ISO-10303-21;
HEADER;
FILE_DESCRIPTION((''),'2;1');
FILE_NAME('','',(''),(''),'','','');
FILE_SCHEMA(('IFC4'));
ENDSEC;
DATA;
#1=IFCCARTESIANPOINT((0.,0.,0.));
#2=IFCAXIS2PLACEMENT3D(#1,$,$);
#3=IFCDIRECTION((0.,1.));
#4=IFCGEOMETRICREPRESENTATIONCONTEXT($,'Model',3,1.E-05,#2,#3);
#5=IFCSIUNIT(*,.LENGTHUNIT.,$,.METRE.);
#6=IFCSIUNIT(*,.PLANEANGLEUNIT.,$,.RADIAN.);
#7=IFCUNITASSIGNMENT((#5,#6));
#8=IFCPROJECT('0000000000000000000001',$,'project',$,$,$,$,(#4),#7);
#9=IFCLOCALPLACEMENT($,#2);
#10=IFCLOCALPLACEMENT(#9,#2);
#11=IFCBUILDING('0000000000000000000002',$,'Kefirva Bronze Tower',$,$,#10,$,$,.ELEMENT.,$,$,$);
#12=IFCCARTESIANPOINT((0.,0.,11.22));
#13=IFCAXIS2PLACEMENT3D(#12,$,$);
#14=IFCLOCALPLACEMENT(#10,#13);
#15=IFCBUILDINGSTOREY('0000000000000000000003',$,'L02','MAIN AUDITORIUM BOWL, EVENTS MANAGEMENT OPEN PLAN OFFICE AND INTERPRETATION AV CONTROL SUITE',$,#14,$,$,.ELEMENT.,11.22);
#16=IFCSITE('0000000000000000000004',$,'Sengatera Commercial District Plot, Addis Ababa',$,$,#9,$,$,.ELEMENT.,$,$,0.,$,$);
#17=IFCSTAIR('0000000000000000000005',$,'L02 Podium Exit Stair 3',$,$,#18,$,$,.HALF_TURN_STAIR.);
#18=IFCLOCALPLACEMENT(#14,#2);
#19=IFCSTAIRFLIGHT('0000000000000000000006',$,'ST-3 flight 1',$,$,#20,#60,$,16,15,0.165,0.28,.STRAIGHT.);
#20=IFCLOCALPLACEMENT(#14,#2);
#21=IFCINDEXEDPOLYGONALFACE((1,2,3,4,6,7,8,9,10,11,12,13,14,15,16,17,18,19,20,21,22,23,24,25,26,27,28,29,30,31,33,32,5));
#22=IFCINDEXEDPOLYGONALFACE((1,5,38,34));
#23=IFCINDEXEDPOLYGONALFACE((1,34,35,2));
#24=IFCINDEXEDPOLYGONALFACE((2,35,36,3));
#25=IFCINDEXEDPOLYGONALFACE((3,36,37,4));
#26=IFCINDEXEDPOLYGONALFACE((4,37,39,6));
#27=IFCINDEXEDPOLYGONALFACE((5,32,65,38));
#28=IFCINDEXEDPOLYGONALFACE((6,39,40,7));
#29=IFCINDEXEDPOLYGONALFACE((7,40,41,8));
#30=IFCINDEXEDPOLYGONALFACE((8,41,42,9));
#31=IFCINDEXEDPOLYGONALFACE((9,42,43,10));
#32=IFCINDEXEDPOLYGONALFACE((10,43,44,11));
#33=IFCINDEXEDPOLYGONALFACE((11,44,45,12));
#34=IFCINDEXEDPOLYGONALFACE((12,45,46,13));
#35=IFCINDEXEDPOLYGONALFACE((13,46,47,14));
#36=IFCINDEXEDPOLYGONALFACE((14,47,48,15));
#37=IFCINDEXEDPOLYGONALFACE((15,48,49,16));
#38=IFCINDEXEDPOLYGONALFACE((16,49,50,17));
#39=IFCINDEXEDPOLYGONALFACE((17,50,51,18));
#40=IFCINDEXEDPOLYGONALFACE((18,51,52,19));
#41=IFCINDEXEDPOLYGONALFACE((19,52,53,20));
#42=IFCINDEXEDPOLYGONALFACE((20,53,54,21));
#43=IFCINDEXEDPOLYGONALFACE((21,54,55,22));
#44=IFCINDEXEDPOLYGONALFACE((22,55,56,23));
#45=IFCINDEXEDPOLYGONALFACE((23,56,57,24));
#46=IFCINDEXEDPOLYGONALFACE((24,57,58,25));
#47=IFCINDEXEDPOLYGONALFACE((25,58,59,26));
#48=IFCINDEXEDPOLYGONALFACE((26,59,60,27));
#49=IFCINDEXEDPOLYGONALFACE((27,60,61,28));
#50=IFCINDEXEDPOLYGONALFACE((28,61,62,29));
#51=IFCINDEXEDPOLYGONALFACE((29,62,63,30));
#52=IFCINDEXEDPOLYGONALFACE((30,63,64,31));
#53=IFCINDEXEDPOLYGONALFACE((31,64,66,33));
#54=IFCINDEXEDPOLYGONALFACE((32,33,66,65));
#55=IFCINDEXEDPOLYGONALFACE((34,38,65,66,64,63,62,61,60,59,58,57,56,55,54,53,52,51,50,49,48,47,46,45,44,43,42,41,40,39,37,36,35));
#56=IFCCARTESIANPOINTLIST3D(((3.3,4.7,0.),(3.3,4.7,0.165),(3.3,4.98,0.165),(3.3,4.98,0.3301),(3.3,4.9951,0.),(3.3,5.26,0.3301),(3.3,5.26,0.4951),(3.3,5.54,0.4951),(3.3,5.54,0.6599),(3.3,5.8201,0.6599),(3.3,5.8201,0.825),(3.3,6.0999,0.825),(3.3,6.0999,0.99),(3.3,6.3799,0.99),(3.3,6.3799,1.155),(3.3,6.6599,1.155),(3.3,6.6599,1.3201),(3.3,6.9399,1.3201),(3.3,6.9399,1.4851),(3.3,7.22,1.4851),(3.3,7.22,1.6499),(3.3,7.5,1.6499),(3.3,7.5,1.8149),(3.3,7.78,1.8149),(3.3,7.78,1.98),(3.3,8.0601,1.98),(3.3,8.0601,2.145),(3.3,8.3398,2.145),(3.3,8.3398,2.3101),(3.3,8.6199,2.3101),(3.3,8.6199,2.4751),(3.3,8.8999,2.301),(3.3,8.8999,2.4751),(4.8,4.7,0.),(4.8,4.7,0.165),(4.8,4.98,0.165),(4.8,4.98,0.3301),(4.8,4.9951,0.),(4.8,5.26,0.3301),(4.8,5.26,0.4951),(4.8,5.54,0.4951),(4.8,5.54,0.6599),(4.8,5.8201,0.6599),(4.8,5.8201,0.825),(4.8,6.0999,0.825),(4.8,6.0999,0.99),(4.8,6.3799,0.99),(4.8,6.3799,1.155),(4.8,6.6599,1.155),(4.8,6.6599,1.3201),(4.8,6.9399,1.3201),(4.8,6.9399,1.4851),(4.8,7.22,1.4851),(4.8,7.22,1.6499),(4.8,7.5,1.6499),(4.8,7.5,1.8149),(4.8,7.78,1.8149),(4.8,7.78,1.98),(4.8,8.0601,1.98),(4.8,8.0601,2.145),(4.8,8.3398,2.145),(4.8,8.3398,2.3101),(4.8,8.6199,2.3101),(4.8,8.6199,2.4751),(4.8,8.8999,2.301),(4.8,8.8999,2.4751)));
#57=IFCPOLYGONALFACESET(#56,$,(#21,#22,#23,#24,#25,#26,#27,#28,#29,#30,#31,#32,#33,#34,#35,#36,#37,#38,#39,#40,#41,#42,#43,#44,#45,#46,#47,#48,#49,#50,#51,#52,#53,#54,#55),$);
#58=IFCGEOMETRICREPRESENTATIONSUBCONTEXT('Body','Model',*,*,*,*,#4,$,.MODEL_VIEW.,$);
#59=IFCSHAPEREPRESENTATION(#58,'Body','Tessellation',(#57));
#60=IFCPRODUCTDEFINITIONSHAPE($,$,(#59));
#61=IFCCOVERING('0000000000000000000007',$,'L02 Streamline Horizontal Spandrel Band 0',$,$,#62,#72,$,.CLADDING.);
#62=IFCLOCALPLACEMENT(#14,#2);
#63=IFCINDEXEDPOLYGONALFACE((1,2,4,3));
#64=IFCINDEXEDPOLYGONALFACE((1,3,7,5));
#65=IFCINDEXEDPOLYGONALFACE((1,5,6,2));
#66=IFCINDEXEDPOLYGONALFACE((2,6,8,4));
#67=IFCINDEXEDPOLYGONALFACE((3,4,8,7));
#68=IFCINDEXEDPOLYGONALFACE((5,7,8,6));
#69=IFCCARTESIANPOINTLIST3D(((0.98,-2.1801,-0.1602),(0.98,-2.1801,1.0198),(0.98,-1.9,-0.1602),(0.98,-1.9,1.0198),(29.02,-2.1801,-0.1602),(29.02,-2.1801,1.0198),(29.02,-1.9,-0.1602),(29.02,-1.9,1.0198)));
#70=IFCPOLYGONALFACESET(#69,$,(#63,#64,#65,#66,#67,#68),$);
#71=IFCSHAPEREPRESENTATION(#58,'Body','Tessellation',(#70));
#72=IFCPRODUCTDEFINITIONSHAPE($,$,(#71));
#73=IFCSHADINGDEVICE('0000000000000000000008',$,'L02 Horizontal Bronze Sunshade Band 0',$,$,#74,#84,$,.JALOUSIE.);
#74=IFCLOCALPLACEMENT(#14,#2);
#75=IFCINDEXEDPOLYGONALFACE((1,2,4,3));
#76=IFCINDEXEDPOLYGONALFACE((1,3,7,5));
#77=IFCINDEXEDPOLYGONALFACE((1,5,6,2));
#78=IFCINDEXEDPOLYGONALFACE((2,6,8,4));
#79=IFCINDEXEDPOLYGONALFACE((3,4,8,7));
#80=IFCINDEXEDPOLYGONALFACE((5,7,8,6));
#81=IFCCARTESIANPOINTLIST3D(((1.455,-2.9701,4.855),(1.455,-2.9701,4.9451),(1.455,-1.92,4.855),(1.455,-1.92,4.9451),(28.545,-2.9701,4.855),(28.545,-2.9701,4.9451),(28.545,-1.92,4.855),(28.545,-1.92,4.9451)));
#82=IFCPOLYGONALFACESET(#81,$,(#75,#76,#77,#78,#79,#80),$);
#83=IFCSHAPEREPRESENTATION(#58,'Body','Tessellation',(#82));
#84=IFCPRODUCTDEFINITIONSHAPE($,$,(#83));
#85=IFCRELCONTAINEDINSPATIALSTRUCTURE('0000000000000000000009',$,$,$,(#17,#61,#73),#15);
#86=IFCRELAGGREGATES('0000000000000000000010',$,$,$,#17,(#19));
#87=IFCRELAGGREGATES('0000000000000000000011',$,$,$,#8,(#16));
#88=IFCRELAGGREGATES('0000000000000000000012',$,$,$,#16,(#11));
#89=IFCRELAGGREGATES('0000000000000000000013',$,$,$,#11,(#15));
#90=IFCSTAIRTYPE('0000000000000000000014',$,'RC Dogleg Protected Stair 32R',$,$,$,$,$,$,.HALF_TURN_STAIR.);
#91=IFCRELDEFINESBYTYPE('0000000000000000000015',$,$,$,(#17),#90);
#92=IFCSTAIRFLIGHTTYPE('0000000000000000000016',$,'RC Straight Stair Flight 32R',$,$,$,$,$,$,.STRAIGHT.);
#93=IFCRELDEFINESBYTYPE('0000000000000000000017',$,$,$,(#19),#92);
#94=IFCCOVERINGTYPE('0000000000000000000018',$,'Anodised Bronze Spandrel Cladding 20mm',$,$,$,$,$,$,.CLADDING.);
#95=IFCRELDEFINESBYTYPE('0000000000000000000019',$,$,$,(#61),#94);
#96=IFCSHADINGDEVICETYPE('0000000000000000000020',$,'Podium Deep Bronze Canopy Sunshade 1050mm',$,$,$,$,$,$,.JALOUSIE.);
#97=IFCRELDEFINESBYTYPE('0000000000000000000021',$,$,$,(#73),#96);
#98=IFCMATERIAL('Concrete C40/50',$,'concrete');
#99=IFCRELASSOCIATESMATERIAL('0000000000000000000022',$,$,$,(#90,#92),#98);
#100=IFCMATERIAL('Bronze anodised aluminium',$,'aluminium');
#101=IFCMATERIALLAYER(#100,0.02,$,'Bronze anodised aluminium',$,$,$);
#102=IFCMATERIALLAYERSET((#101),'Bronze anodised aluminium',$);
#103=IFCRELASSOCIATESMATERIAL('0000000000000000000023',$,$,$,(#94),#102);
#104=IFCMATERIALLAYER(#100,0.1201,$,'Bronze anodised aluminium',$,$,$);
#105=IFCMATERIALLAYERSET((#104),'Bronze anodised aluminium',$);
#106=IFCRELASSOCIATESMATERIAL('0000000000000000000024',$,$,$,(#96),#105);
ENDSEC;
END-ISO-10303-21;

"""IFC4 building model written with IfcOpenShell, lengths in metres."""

from ifc_helpers import new_model, si_unit, direction, frame, origin, origin_2d, place, context, subcontext, project, spatial, polyline, rectangle, outline, extrude, material, layer, layer_set, type_object, element, aggregate, save


model = new_model("IFC4")

# Units and contexts
model_context = context("Model", 3, precision=1e-05, world=origin(), true_north=direction((0.0, 1.0)))
body_context = subcontext(model_context, "Body", "Model", "MODEL_VIEW")
ifc_project = project(units=[si_unit("LENGTHUNIT", "METRE"), si_unit("PLANEANGLEUNIT", "RADIAN")], contexts=[model_context])

# Site, building, storey
site_placement = place(None, origin())
site = spatial("IfcSite", under=ifc_project, at=site_placement, Name="Sengatera Commercial District Plot, Addis Ababa", CompositionType="ELEMENT", RefElevation=0.0)
building_placement = place(site_placement, origin())
building = spatial("IfcBuilding", under=site, at=building_placement, Name="Kefirva Bronze Tower", CompositionType="ELEMENT")
storey_placement = place(building_placement, frame((0.0, 0.0, 11.22)))
storey = spatial("IfcBuildingStorey", under=building, at=storey_placement, Name="L02", Description="MAIN AUDITORIUM BOWL, EVENTS MANAGEMENT OPEN PLAN OFFICE AND INTERPRETATION AV CONTROL SUITE", CompositionType="ELEMENT", Elevation=11.22)

# Shared definitions
ifc_material_1 = material(Name="Bronze anodised aluminium", Category="aluminium")

# Stair, stair flight
ifc_material_2 = material(Name="Concrete C40/50", Category="concrete")
stair_type = type_object("IfcStairType", Name="RC Dogleg Protected Stair 32R", PredefinedType="HALF_TURN_STAIR", material=ifc_material_2)
stair_placement = place(storey_placement, origin())
stair = element("IfcStair", 1, at=stair_placement, inside=storey, type_object=stair_type, Name="L02 Podium Exit Stair 3", PredefinedType="HALF_TURN_STAIR")
stair_flight_type = type_object("IfcStairFlightType", Name="RC Straight Stair Flight 32R", PredefinedType="STRAIGHT", material=ifc_material_2)
stair_flight_placement = place(storey_placement, frame((4.05, 4.7, 0.0), z_axis=(0.0, 0.0, 1.0), x_axis=(0.0, 1.0, 0.0)))
stair_flight = element("IfcStairFlight", 2, at=stair_flight_placement, type_object=stair_flight_type, Name="ST-3 flight 1", NumberOfRisers=16, NumberOfTreads=15, PredefinedType="STRAIGHT", RiserHeight=0.165, TreadLength=0.28, context=body_context, shape_type="SweptSolid", body=[
    extrude(outline(polyline([(0.0, 0.0), (0.0, 0.165), (0.28, 0.165), (0.28, 0.3301), (0.5601, 0.3301), (0.5601, 0.4951), (0.8401, 0.4951), (0.8401, 0.6599), (1.1201, 0.6599), (1.1201, 0.825), (1.3999, 0.825), (1.3999, 0.99), (1.6799, 0.99), (1.6799, 1.155), (1.96, 1.155), (1.96, 1.3201), (2.24, 1.3201), (2.24, 1.4851), (2.52, 1.4851), (2.52, 1.6499), (2.8, 1.6499), (2.8, 1.8149), (3.0801, 1.8149), (3.0801, 1.98), (3.3601, 1.98), (3.3601, 2.145), (3.6399, 2.145), (3.6399, 2.3101), (3.9199, 2.3101), (3.9199, 2.4751), (4.2, 2.4751), (4.2, 2.6399), (4.2, 2.301), (0.2952, 0.0), (0.0, 0.0)])), frame((0.0, 0.75, 0.0), z_axis=(0.0, -1.0, 0.0), x_axis=(1.0, 0.0, 0.0)), (0.0, 0.0, 1.0), 1.5),
])
aggregate(stair, [stair_flight])

# Covering
ifc_layer_1 = layer(ifc_material_1, 0.02, Name="Bronze anodised aluminium")
ifc_layer_set_1 = layer_set([ifc_layer_1], Name="Bronze anodised aluminium")
covering_type_1 = type_object("IfcCoveringType", Name="Anodised Bronze Spandrel Cladding 20mm", PredefinedType="CLADDING", material=ifc_layer_set_1)
covering_1_placement = place(storey_placement, frame((15.0, -2.04, -0.1602), z_axis=(0.0, 0.0, 1.0), x_axis=(1.0, 0.0, 0.0)))
element("IfcCovering", 3, at=covering_1_placement, inside=storey, type_object=covering_type_1, Name="L02 Streamline Horizontal Spandrel Band 0", PredefinedType="CLADDING", context=body_context, shape_type="SweptSolid", body=[
    extrude(rectangle(XDim=28.04, YDim=0.28, at=origin_2d()), origin(), (0.0, 0.0, 1.0), 1.1799),
])

# Shading device
ifc_layer_2 = layer(ifc_material_1, 0.1201, Name="Bronze anodised aluminium")
ifc_layer_set_2 = layer_set([ifc_layer_2], Name="Bronze anodised aluminium")
shading_device_type_1 = type_object("IfcShadingDeviceType", Name="Podium Deep Bronze Canopy Sunshade 1050mm", PredefinedType="JALOUSIE", material=ifc_layer_set_2)
shading_device_1_placement = place(storey_placement, frame((15.0, -2.4451, 4.855), z_axis=(0.0, 0.0, 1.0), x_axis=(1.0, 0.0, 0.0)))
element("IfcShadingDevice", 4, at=shading_device_1_placement, inside=storey, type_object=shading_device_type_1, Name="L02 Horizontal Bronze Sunshade Band 0", PredefinedType="JALOUSIE", context=body_context, shape_type="SweptSolid", body=[
    extrude(rectangle(XDim=27.0901, YDim=1.05, at=origin_2d()), origin(), (0.0, 0.0, 1.0), 0.0901),
])

save(model, "model.ifc")
